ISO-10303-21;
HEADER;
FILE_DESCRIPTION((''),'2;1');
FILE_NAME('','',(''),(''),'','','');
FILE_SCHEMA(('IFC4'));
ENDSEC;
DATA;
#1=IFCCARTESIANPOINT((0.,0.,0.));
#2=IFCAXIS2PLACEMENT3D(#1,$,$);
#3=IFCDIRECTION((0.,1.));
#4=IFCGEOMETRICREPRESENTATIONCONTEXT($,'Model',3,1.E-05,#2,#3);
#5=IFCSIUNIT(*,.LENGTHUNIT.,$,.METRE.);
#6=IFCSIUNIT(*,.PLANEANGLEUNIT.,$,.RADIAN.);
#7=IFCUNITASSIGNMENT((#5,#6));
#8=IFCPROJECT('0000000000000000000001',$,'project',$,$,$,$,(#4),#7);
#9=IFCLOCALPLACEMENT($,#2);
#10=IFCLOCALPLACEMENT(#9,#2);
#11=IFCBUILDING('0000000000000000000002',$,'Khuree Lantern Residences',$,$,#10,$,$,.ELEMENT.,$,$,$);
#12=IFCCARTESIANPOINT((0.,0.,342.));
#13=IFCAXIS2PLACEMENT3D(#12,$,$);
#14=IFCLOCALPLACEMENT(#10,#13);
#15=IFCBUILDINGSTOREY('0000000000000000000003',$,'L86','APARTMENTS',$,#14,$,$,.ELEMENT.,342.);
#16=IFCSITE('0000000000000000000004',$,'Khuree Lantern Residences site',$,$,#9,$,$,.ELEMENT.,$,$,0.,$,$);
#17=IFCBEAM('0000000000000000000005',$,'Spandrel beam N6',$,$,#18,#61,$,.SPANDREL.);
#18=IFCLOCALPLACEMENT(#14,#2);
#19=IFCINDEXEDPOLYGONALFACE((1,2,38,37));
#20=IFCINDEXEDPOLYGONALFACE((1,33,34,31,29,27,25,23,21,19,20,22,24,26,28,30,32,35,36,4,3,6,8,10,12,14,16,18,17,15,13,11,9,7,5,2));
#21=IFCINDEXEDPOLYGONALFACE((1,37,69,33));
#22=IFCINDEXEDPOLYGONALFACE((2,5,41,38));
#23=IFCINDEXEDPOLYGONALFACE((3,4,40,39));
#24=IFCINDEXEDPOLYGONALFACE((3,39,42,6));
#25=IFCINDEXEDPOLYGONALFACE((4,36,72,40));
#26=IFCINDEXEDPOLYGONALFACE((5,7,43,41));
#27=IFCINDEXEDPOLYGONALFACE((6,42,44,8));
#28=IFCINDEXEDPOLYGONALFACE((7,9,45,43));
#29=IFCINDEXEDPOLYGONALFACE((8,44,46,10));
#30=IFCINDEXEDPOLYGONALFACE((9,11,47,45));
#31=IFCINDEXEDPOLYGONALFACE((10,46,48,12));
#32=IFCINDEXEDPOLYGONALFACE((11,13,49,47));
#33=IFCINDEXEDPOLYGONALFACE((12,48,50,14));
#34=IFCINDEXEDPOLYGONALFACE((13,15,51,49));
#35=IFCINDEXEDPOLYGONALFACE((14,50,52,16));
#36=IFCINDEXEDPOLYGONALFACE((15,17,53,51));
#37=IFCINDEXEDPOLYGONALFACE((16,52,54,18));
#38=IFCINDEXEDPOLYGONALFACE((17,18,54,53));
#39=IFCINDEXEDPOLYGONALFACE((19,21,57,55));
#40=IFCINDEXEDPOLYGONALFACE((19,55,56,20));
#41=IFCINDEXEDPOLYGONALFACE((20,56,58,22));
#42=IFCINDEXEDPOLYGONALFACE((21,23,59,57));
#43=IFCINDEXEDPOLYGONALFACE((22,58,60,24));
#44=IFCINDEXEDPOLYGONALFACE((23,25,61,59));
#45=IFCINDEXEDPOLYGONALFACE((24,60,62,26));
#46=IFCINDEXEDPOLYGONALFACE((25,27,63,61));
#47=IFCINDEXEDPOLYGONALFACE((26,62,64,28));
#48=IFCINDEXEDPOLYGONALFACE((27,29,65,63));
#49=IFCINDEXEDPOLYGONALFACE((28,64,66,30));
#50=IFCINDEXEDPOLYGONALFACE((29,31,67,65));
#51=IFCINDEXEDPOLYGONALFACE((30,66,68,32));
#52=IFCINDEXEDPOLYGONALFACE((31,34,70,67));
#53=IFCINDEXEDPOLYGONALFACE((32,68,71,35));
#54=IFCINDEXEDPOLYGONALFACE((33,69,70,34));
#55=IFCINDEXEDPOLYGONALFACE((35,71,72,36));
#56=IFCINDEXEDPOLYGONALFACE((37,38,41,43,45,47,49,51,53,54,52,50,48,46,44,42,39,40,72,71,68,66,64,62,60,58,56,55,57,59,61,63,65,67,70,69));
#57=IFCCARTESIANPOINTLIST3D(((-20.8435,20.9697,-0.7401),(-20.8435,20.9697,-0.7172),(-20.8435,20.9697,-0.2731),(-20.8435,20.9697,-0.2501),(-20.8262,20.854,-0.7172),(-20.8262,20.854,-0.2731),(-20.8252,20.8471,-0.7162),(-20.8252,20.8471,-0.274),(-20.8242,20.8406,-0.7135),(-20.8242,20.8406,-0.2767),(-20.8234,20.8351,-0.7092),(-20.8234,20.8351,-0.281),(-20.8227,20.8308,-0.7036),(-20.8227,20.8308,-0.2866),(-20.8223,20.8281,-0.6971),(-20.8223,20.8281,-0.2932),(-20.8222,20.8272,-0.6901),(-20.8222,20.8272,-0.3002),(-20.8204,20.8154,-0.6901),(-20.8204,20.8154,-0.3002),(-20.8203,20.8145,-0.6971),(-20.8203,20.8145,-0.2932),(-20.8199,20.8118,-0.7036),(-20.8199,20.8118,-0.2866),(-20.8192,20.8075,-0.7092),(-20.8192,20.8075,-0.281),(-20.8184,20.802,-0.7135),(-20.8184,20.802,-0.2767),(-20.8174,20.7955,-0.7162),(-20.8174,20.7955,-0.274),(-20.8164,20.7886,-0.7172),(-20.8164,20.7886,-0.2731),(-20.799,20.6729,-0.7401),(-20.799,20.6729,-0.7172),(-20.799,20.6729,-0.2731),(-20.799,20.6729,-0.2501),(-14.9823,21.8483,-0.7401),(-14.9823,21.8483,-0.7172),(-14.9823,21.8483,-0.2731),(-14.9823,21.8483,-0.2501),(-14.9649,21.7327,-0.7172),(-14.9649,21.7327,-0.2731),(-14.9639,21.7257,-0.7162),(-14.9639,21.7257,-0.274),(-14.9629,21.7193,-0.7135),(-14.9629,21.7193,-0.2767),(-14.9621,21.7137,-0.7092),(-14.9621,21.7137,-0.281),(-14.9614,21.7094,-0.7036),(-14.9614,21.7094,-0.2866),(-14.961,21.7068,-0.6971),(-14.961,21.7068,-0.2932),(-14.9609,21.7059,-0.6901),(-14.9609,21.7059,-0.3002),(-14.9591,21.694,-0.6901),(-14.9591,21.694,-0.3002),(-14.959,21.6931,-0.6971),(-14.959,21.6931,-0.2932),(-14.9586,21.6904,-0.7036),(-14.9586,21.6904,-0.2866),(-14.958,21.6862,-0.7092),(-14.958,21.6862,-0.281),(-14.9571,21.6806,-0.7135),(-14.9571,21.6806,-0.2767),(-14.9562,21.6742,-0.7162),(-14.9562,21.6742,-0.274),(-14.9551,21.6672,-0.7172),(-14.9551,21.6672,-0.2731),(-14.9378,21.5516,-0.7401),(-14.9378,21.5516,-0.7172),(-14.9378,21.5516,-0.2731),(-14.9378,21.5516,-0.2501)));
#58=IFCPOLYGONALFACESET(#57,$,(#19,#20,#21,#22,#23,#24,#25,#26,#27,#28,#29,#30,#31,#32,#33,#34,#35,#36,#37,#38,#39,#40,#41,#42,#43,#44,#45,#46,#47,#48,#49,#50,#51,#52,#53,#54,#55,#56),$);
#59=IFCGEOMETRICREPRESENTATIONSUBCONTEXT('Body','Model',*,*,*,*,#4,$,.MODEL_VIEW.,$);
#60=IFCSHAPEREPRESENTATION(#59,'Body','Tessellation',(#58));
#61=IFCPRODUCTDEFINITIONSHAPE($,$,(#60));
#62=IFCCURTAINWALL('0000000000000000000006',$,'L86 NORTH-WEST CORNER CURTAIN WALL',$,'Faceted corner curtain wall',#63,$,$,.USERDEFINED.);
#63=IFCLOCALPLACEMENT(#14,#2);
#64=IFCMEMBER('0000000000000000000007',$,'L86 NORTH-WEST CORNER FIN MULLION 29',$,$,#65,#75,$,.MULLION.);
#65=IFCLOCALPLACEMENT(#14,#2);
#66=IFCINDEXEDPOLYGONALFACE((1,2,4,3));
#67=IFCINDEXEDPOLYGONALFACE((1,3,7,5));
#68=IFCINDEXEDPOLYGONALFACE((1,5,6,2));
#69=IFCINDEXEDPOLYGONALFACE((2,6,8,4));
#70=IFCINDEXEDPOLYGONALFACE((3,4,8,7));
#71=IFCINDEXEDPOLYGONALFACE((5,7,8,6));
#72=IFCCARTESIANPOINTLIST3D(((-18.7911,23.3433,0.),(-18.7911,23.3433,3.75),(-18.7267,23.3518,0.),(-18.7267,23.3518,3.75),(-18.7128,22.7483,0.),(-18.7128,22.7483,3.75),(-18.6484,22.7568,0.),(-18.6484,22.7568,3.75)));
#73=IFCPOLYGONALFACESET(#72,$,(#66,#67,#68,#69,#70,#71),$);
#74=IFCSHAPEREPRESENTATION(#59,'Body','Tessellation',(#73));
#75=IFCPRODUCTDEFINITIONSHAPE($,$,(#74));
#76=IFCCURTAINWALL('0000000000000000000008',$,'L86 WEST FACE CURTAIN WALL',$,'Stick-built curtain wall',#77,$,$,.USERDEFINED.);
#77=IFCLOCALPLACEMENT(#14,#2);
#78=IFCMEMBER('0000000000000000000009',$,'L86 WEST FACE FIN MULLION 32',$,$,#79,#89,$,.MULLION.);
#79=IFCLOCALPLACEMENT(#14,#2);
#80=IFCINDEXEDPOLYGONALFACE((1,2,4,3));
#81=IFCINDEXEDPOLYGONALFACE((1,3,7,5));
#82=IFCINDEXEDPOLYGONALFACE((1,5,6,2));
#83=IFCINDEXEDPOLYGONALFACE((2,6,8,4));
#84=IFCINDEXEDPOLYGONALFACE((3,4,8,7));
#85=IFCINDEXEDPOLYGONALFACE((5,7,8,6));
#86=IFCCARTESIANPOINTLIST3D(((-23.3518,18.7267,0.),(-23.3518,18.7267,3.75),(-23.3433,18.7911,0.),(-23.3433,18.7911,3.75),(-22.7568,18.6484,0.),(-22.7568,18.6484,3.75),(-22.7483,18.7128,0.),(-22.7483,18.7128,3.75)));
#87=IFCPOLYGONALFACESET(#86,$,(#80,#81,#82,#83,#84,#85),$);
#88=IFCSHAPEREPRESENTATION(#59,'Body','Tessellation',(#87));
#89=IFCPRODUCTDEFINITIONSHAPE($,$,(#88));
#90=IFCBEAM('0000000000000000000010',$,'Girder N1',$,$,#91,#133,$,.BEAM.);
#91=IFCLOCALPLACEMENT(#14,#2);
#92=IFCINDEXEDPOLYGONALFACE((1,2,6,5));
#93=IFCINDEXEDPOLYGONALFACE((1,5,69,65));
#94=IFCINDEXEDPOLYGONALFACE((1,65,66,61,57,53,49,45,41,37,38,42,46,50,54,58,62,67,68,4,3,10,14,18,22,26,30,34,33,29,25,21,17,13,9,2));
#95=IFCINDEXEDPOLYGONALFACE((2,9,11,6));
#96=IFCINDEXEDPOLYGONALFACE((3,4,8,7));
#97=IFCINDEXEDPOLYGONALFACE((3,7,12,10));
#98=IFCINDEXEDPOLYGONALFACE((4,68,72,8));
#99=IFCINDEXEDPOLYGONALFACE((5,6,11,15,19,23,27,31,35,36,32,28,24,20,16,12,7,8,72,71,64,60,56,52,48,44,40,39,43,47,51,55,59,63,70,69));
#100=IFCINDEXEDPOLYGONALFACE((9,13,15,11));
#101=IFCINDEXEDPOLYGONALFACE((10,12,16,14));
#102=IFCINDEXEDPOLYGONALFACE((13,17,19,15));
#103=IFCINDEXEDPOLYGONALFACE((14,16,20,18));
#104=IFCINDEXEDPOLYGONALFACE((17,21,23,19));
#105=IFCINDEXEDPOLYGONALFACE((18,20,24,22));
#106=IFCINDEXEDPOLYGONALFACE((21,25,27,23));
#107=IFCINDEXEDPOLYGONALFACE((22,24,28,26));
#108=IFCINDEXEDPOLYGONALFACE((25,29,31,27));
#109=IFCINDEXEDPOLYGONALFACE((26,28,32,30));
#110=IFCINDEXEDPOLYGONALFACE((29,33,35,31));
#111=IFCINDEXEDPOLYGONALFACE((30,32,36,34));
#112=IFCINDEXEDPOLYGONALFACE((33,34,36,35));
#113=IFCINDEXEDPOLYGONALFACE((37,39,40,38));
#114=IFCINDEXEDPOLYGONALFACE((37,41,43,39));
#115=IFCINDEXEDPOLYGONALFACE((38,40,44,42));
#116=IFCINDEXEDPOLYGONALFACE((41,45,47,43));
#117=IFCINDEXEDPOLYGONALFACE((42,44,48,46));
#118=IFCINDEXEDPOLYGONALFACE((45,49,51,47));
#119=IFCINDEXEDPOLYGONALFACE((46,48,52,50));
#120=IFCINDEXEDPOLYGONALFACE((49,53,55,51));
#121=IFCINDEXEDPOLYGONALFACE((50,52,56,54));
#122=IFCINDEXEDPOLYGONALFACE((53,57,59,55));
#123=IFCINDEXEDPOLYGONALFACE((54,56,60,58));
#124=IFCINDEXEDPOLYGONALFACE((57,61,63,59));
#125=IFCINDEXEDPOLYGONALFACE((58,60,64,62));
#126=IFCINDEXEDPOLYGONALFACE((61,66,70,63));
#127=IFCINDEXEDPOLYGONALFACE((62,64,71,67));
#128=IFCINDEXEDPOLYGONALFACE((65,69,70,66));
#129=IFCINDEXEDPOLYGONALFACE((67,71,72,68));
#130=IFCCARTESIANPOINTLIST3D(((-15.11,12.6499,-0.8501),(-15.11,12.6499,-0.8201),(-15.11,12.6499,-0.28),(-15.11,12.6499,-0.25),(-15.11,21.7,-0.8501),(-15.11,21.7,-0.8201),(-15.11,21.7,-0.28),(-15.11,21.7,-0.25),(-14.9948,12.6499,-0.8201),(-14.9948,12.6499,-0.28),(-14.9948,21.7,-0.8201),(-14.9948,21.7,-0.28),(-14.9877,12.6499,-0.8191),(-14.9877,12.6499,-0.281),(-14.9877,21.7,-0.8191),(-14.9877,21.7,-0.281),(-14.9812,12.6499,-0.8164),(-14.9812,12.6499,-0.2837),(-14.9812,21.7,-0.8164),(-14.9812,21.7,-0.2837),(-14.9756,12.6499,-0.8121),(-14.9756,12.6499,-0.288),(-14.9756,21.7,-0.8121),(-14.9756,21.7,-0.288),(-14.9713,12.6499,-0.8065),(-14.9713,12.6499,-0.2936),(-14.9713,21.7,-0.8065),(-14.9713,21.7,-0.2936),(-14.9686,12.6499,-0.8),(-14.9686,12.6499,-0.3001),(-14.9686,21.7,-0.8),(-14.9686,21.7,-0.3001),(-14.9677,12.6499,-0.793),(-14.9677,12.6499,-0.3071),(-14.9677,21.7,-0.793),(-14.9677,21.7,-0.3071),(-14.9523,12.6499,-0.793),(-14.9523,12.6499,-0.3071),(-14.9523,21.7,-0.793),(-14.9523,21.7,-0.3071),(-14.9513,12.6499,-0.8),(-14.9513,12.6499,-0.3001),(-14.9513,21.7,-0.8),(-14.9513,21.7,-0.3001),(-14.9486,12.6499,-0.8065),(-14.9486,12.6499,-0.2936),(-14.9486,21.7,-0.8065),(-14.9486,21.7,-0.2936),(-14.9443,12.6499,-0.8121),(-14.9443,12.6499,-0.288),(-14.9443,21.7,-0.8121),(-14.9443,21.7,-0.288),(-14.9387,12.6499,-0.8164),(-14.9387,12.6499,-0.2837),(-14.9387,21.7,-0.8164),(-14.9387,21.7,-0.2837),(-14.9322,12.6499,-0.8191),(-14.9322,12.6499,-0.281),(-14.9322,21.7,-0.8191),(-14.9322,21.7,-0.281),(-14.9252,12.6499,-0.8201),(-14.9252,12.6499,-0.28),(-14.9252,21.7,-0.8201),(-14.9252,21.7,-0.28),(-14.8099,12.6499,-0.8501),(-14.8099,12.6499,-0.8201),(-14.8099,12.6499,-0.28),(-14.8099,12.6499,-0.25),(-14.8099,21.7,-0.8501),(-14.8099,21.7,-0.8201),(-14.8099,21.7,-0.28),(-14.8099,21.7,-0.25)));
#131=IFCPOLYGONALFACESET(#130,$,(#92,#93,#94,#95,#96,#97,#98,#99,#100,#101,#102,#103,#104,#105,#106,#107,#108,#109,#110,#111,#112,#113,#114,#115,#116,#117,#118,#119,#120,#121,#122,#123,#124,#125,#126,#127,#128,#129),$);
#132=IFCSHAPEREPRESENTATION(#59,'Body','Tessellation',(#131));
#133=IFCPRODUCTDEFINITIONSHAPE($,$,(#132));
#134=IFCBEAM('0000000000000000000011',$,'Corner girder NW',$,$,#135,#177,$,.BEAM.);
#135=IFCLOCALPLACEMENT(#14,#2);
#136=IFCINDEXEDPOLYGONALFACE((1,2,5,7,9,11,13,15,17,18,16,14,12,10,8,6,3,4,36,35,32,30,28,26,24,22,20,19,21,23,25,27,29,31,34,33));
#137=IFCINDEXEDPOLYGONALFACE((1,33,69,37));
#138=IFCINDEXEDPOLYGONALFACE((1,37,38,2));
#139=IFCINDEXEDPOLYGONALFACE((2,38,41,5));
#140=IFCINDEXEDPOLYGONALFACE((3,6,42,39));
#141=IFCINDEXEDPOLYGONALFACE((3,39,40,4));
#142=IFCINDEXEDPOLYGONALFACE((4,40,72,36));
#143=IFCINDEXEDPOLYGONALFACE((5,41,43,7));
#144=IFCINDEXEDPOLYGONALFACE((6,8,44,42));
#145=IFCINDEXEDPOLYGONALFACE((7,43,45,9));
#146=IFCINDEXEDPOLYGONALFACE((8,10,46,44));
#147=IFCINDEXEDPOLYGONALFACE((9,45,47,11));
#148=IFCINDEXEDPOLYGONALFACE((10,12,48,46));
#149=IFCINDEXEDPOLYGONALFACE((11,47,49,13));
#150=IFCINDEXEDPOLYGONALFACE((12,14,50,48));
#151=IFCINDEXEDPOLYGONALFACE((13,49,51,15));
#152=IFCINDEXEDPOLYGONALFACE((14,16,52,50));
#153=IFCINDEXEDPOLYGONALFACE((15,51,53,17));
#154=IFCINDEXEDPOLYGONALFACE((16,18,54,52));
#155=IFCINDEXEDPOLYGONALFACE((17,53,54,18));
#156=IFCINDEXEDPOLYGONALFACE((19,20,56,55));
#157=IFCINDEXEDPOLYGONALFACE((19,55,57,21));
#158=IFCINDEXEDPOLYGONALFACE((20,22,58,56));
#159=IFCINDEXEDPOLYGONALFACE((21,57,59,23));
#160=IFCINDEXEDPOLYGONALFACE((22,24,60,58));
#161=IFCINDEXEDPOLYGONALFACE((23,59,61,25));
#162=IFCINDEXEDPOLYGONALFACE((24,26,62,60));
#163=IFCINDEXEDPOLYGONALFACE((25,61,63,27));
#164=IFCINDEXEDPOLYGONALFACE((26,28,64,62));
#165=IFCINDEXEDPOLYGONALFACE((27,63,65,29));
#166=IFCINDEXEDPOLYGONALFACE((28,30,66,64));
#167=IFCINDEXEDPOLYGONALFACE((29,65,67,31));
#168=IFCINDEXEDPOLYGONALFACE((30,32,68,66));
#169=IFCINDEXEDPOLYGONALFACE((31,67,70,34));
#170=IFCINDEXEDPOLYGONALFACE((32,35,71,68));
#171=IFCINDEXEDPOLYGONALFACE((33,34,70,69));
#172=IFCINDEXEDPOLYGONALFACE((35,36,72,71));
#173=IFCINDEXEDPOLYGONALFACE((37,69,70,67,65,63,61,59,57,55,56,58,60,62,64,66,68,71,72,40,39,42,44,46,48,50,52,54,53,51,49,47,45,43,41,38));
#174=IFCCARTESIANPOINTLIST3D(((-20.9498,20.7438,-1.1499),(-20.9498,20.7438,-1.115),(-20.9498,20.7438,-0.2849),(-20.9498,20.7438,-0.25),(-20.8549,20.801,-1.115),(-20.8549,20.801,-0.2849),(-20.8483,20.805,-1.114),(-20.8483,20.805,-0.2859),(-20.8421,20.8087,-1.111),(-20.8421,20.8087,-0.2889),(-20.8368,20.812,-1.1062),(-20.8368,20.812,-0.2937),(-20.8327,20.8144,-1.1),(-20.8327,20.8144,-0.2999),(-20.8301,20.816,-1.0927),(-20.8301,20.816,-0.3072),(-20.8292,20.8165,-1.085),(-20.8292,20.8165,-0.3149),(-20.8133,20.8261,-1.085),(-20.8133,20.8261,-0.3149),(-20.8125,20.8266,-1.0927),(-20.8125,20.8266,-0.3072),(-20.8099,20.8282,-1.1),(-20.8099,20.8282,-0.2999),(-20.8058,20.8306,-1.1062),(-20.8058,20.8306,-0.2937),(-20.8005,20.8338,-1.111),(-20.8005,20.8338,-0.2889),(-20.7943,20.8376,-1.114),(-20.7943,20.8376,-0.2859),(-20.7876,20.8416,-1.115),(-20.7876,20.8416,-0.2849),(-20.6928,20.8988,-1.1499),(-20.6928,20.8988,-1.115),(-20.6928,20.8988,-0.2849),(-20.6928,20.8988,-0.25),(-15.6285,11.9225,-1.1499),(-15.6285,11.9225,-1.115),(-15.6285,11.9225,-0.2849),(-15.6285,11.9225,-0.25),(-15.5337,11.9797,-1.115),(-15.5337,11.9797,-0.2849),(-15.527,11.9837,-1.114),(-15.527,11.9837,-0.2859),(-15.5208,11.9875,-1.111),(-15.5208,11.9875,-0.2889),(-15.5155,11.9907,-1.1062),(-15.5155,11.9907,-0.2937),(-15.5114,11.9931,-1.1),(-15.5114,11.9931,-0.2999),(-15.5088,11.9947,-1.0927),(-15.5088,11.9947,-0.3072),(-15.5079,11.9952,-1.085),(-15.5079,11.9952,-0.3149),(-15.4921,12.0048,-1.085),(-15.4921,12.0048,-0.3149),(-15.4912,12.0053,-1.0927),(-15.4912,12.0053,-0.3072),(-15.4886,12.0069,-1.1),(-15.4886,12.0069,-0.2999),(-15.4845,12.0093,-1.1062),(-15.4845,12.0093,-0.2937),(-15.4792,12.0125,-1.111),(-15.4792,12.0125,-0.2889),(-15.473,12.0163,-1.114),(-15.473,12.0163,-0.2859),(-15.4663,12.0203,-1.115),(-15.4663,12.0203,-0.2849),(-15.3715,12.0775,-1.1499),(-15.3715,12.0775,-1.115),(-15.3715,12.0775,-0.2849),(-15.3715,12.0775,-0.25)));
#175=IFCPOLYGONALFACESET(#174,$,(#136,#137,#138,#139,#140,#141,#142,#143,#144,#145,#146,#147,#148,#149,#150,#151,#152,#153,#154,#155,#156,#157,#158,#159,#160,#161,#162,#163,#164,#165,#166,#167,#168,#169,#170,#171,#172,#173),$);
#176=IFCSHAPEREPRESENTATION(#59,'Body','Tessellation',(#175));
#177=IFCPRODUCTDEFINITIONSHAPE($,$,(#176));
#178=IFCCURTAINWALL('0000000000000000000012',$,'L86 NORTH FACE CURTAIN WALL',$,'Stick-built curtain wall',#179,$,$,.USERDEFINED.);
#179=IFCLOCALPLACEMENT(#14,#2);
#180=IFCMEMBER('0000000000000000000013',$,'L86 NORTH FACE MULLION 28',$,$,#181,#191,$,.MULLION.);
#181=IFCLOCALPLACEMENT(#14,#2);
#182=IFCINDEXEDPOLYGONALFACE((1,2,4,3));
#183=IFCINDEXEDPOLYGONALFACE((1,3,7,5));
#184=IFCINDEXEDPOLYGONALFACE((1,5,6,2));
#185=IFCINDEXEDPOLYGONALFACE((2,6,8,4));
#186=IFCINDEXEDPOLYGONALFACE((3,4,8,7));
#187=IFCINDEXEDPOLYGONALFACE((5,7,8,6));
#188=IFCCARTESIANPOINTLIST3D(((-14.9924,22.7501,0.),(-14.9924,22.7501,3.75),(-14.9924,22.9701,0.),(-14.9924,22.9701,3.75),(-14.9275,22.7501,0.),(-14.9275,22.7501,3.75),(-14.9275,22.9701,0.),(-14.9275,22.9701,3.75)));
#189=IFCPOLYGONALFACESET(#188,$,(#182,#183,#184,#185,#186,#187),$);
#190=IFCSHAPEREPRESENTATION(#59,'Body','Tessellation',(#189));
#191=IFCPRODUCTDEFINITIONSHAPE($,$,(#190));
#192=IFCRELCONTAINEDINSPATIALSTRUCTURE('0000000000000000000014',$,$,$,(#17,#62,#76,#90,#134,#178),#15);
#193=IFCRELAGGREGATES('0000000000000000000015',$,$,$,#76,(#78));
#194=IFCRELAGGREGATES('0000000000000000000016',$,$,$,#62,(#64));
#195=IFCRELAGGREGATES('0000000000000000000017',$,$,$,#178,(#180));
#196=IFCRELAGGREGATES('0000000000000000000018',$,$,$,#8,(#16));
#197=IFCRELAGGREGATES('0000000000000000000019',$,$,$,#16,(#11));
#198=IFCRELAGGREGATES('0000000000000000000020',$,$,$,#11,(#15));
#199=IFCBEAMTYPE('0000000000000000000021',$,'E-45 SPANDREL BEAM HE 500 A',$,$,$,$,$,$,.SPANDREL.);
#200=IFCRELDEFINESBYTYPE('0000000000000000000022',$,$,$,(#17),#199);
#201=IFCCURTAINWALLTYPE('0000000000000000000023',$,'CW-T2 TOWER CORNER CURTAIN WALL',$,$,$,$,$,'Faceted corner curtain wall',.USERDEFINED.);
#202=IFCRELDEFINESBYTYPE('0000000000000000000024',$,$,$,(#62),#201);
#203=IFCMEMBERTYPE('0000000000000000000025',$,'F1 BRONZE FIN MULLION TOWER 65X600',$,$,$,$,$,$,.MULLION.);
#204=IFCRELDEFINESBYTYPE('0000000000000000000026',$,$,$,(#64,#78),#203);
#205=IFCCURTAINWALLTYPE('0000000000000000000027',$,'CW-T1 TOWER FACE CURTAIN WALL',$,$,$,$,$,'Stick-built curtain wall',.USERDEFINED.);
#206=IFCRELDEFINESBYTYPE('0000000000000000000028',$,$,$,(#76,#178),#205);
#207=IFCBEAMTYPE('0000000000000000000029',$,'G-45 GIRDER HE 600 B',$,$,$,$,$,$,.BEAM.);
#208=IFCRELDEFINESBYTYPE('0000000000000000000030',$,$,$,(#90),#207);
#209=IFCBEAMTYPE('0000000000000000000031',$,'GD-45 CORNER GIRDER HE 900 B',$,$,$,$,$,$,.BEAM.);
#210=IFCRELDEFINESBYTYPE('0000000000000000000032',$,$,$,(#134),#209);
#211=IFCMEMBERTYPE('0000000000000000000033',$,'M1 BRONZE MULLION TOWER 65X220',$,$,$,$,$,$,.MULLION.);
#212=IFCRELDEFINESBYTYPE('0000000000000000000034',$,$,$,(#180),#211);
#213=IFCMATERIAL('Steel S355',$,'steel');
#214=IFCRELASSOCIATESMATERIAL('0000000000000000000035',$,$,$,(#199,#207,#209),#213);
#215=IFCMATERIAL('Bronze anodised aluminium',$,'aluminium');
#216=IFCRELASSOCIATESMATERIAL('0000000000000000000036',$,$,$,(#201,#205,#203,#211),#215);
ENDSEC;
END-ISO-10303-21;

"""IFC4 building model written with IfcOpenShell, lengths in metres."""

from ifc_helpers import new_model, si_unit, direction, frame, origin, origin_2d, place, context, subcontext, project, spatial, rectangle, i_section, extrude, material, material_profile, profile_set, type_object, element, aggregate, save


model = new_model("IFC4")

# Units and contexts
model_context = context("Model", 3, precision=1e-05, world=origin(), true_north=direction((0.0, 1.0)))
body_context = subcontext(model_context, "Body", "Model", "MODEL_VIEW")
ifc_project = project(units=[si_unit("LENGTHUNIT", "METRE"), si_unit("PLANEANGLEUNIT", "RADIAN")], contexts=[model_context])

# Site, building, storey
site_placement = place(None, origin())
site = spatial("IfcSite", under=ifc_project, at=site_placement, Name="Khuree Lantern Residences site", CompositionType="ELEMENT", RefElevation=0.0)
building_placement = place(site_placement, origin())
building = spatial("IfcBuilding", under=site, at=building_placement, Name="Khuree Lantern Residences", CompositionType="ELEMENT")
storey_placement = place(building_placement, frame((0.0, 0.0, 342.0)))
storey = spatial("IfcBuildingStorey", under=building, at=storey_placement, Name="L86", Description="APARTMENTS", CompositionType="ELEMENT", Elevation=342.0)

# Beam
ifc_material_1 = material(Name="Steel S355", Category="steel")
ifc_material_profile_1 = material_profile(ifc_material_1, i_section(OverallWidth=0.3, OverallDepth=0.49, WebThickness=0.012, FlangeThickness=0.0229, FilletRadius=0.0271, at=origin_2d()), Name="HE 500 A")
ifc_profile_set_1 = profile_set([ifc_material_profile_1], Name="Steel S355")
beam_type_1 = type_object("IfcBeamType", Name="E-45 SPANDREL BEAM HE 500 A", PredefinedType="SPANDREL", material=ifc_profile_set_1)
beam_1_placement = place(storey_placement, frame((-20.8213, 20.8213, -0.4951), z_axis=(0.98895, 0.148252, 0.0), x_axis=(-0.148252, 0.98895, 0.0)))
element("IfcBeam", 1, at=beam_1_placement, inside=storey, type_object=beam_type_1, Name="Spandrel beam N6", PredefinedType="SPANDREL", context=body_context, shape_type="SweptSolid", body=[
    extrude(i_section(OverallWidth=0.3, OverallDepth=0.49, WebThickness=0.012, FlangeThickness=0.0229, FilletRadius=0.0271, at=origin_2d()), origin(), (0.0, 0.0, 1.0), 5.9268),
])

# Curtain walls, members
ifc_material_2 = material(Name="Bronze anodised aluminium", Category="aluminium")
curtain_wall_type_1 = type_object("IfcCurtainWallType", Name="CW-T2 TOWER CORNER CURTAIN WALL", ElementType="Faceted corner curtain wall", PredefinedType="USERDEFINED", material=ifc_material_2)
curtain_wall_1_placement = place(storey_placement, origin())
curtain_wall_1 = element("IfcCurtainWall", 2, at=curtain_wall_1_placement, inside=storey, type_object=curtain_wall_type_1, Name="L86 NORTH-WEST CORNER CURTAIN WALL", ObjectType="Faceted corner curtain wall", PredefinedType="USERDEFINED")
ifc_material_profile_2 = material_profile(ifc_material_2, rectangle(XDim=0.0649, YDim=0.6001, at=origin_2d()), Name="F1 65X600")
ifc_profile_set_2 = profile_set([ifc_material_profile_2], Name="Bronze anodised aluminium")
member_type_1 = type_object("IfcMemberType", Name="F1 BRONZE FIN MULLION TOWER 65X600", PredefinedType="MULLION", material=ifc_profile_set_2)
member_1_placement = place(storey_placement, frame((-18.7197, 23.05, 0.0), z_axis=(0.0, 0.0, 1.0), x_axis=(-0.991445, -0.130526, 0.0)))
member_1 = element("IfcMember", 3, at=member_1_placement, type_object=member_type_1, Name="L86 NORTH-WEST CORNER FIN MULLION 29", PredefinedType="MULLION", context=body_context, shape_type="SweptSolid", body=[
    extrude(rectangle(XDim=0.0649, YDim=0.6001, at=origin_2d()), origin(), (0.0, 0.0, 1.0), 3.75),
])
curtain_wall_type_2 = type_object("IfcCurtainWallType", Name="CW-T1 TOWER FACE CURTAIN WALL", ElementType="Stick-built curtain wall", PredefinedType="USERDEFINED", material=ifc_material_2)
curtain_wall_2_placement = place(storey_placement, origin())
curtain_wall_2 = element("IfcCurtainWall", 4, at=curtain_wall_2_placement, inside=storey, type_object=curtain_wall_type_2, Name="L86 WEST FACE CURTAIN WALL", ObjectType="Stick-built curtain wall", PredefinedType="USERDEFINED")
member_2_placement = place(storey_placement, frame((-23.05, 18.7197, 0.0), z_axis=(0.0, 0.0, 1.0), x_axis=(-0.130526, -0.991445, 0.0)))
member_2 = element("IfcMember", 5, at=member_2_placement, type_object=member_type_1, Name="L86 WEST FACE FIN MULLION 32", PredefinedType="MULLION", context=body_context, shape_type="SweptSolid", body=[
    extrude(rectangle(XDim=0.0649, YDim=0.6001, at=origin_2d()), origin(), (0.0, 0.0, 1.0), 3.75),
])

# Beams
ifc_material_profile_3 = material_profile(ifc_material_1, i_section(OverallWidth=0.3, OverallDepth=0.6001, WebThickness=0.0154, FlangeThickness=0.03, FilletRadius=0.0271, at=origin_2d()), Name="HE 600 B")
ifc_profile_set_3 = profile_set([ifc_material_profile_3], Name="Steel S355")
beam_type_2 = type_object("IfcBeamType", Name="G-45 GIRDER HE 600 B", PredefinedType="BEAM", material=ifc_profile_set_3)
beam_2_placement = place(storey_placement, frame((-14.96, 21.7, -0.55), z_axis=(0.0, -1.0, 0.0), x_axis=(1.0, 0.0, 0.0)))
element("IfcBeam", 6, at=beam_2_placement, inside=storey, type_object=beam_type_2, Name="Girder N1", PredefinedType="BEAM", context=body_context, shape_type="SweptSolid", body=[
    extrude(i_section(OverallWidth=0.3, OverallDepth=0.6001, WebThickness=0.0154, FlangeThickness=0.03, FilletRadius=0.0271, at=origin_2d()), origin(), (0.0, 0.0, 1.0), 9.05),
])
ifc_material_profile_4 = material_profile(ifc_material_1, i_section(OverallWidth=0.3, OverallDepth=0.8999, WebThickness=0.0186, FlangeThickness=0.0349, FilletRadius=0.03, at=origin_2d()), Name="HE 900 B")
ifc_profile_set_4 = profile_set([ifc_material_profile_4], Name="Steel S355")
beam_type_3 = type_object("IfcBeamType", Name="GD-45 CORNER GIRDER HE 900 B", PredefinedType="BEAM", material=ifc_profile_set_4)
beam_3_placement = place(storey_placement, frame((-20.8213, 20.8213, -0.7), z_axis=(0.51653, -0.856269, 0.0), x_axis=(0.856269, 0.51653, 0.0)))
element("IfcBeam", 7, at=beam_3_placement, inside=storey, type_object=beam_type_3, Name="Corner girder NW", PredefinedType="BEAM", context=body_context, shape_type="SweptSolid", body=[
    extrude(i_section(OverallWidth=0.3, OverallDepth=0.8999, WebThickness=0.0186, FlangeThickness=0.0349, FilletRadius=0.03, at=origin_2d()), origin(), (0.0, 0.0, 1.0), 10.302),
])

# Curtain wall, member
curtain_wall_3_placement = place(storey_placement, origin())
curtain_wall_3 = element("IfcCurtainWall", 8, at=curtain_wall_3_placement, inside=storey, type_object=curtain_wall_type_2, Name="L86 NORTH FACE CURTAIN WALL", ObjectType="Stick-built curtain wall", PredefinedType="USERDEFINED")
ifc_material_profile_5 = material_profile(ifc_material_2, rectangle(XDim=0.0649, YDim=0.22, at=origin_2d()), Name="M1 65X220")
ifc_profile_set_5 = profile_set([ifc_material_profile_5], Name="Bronze anodised aluminium")
member_type_2 = type_object("IfcMemberType", Name="M1 BRONZE MULLION TOWER 65X220", PredefinedType="MULLION", material=ifc_profile_set_5)
member_3_placement = place(storey_placement, frame((-14.96, 22.8601, 0.0), z_axis=(0.0, 0.0, 1.0), x_axis=(-1.0, 0.0, 0.0)))
member_3 = element("IfcMember", 9, at=member_3_placement, type_object=member_type_2, Name="L86 NORTH FACE MULLION 28", PredefinedType="MULLION", context=body_context, shape_type="SweptSolid", body=[
    extrude(rectangle(XDim=0.0649, YDim=0.22, at=origin_2d()), origin(), (0.0, 0.0, 1.0), 3.75),
])

aggregate(curtain_wall_2, [member_2])

aggregate(curtain_wall_1, [member_1])
aggregate(curtain_wall_3, [member_3])

save(model, "model.ifc")
